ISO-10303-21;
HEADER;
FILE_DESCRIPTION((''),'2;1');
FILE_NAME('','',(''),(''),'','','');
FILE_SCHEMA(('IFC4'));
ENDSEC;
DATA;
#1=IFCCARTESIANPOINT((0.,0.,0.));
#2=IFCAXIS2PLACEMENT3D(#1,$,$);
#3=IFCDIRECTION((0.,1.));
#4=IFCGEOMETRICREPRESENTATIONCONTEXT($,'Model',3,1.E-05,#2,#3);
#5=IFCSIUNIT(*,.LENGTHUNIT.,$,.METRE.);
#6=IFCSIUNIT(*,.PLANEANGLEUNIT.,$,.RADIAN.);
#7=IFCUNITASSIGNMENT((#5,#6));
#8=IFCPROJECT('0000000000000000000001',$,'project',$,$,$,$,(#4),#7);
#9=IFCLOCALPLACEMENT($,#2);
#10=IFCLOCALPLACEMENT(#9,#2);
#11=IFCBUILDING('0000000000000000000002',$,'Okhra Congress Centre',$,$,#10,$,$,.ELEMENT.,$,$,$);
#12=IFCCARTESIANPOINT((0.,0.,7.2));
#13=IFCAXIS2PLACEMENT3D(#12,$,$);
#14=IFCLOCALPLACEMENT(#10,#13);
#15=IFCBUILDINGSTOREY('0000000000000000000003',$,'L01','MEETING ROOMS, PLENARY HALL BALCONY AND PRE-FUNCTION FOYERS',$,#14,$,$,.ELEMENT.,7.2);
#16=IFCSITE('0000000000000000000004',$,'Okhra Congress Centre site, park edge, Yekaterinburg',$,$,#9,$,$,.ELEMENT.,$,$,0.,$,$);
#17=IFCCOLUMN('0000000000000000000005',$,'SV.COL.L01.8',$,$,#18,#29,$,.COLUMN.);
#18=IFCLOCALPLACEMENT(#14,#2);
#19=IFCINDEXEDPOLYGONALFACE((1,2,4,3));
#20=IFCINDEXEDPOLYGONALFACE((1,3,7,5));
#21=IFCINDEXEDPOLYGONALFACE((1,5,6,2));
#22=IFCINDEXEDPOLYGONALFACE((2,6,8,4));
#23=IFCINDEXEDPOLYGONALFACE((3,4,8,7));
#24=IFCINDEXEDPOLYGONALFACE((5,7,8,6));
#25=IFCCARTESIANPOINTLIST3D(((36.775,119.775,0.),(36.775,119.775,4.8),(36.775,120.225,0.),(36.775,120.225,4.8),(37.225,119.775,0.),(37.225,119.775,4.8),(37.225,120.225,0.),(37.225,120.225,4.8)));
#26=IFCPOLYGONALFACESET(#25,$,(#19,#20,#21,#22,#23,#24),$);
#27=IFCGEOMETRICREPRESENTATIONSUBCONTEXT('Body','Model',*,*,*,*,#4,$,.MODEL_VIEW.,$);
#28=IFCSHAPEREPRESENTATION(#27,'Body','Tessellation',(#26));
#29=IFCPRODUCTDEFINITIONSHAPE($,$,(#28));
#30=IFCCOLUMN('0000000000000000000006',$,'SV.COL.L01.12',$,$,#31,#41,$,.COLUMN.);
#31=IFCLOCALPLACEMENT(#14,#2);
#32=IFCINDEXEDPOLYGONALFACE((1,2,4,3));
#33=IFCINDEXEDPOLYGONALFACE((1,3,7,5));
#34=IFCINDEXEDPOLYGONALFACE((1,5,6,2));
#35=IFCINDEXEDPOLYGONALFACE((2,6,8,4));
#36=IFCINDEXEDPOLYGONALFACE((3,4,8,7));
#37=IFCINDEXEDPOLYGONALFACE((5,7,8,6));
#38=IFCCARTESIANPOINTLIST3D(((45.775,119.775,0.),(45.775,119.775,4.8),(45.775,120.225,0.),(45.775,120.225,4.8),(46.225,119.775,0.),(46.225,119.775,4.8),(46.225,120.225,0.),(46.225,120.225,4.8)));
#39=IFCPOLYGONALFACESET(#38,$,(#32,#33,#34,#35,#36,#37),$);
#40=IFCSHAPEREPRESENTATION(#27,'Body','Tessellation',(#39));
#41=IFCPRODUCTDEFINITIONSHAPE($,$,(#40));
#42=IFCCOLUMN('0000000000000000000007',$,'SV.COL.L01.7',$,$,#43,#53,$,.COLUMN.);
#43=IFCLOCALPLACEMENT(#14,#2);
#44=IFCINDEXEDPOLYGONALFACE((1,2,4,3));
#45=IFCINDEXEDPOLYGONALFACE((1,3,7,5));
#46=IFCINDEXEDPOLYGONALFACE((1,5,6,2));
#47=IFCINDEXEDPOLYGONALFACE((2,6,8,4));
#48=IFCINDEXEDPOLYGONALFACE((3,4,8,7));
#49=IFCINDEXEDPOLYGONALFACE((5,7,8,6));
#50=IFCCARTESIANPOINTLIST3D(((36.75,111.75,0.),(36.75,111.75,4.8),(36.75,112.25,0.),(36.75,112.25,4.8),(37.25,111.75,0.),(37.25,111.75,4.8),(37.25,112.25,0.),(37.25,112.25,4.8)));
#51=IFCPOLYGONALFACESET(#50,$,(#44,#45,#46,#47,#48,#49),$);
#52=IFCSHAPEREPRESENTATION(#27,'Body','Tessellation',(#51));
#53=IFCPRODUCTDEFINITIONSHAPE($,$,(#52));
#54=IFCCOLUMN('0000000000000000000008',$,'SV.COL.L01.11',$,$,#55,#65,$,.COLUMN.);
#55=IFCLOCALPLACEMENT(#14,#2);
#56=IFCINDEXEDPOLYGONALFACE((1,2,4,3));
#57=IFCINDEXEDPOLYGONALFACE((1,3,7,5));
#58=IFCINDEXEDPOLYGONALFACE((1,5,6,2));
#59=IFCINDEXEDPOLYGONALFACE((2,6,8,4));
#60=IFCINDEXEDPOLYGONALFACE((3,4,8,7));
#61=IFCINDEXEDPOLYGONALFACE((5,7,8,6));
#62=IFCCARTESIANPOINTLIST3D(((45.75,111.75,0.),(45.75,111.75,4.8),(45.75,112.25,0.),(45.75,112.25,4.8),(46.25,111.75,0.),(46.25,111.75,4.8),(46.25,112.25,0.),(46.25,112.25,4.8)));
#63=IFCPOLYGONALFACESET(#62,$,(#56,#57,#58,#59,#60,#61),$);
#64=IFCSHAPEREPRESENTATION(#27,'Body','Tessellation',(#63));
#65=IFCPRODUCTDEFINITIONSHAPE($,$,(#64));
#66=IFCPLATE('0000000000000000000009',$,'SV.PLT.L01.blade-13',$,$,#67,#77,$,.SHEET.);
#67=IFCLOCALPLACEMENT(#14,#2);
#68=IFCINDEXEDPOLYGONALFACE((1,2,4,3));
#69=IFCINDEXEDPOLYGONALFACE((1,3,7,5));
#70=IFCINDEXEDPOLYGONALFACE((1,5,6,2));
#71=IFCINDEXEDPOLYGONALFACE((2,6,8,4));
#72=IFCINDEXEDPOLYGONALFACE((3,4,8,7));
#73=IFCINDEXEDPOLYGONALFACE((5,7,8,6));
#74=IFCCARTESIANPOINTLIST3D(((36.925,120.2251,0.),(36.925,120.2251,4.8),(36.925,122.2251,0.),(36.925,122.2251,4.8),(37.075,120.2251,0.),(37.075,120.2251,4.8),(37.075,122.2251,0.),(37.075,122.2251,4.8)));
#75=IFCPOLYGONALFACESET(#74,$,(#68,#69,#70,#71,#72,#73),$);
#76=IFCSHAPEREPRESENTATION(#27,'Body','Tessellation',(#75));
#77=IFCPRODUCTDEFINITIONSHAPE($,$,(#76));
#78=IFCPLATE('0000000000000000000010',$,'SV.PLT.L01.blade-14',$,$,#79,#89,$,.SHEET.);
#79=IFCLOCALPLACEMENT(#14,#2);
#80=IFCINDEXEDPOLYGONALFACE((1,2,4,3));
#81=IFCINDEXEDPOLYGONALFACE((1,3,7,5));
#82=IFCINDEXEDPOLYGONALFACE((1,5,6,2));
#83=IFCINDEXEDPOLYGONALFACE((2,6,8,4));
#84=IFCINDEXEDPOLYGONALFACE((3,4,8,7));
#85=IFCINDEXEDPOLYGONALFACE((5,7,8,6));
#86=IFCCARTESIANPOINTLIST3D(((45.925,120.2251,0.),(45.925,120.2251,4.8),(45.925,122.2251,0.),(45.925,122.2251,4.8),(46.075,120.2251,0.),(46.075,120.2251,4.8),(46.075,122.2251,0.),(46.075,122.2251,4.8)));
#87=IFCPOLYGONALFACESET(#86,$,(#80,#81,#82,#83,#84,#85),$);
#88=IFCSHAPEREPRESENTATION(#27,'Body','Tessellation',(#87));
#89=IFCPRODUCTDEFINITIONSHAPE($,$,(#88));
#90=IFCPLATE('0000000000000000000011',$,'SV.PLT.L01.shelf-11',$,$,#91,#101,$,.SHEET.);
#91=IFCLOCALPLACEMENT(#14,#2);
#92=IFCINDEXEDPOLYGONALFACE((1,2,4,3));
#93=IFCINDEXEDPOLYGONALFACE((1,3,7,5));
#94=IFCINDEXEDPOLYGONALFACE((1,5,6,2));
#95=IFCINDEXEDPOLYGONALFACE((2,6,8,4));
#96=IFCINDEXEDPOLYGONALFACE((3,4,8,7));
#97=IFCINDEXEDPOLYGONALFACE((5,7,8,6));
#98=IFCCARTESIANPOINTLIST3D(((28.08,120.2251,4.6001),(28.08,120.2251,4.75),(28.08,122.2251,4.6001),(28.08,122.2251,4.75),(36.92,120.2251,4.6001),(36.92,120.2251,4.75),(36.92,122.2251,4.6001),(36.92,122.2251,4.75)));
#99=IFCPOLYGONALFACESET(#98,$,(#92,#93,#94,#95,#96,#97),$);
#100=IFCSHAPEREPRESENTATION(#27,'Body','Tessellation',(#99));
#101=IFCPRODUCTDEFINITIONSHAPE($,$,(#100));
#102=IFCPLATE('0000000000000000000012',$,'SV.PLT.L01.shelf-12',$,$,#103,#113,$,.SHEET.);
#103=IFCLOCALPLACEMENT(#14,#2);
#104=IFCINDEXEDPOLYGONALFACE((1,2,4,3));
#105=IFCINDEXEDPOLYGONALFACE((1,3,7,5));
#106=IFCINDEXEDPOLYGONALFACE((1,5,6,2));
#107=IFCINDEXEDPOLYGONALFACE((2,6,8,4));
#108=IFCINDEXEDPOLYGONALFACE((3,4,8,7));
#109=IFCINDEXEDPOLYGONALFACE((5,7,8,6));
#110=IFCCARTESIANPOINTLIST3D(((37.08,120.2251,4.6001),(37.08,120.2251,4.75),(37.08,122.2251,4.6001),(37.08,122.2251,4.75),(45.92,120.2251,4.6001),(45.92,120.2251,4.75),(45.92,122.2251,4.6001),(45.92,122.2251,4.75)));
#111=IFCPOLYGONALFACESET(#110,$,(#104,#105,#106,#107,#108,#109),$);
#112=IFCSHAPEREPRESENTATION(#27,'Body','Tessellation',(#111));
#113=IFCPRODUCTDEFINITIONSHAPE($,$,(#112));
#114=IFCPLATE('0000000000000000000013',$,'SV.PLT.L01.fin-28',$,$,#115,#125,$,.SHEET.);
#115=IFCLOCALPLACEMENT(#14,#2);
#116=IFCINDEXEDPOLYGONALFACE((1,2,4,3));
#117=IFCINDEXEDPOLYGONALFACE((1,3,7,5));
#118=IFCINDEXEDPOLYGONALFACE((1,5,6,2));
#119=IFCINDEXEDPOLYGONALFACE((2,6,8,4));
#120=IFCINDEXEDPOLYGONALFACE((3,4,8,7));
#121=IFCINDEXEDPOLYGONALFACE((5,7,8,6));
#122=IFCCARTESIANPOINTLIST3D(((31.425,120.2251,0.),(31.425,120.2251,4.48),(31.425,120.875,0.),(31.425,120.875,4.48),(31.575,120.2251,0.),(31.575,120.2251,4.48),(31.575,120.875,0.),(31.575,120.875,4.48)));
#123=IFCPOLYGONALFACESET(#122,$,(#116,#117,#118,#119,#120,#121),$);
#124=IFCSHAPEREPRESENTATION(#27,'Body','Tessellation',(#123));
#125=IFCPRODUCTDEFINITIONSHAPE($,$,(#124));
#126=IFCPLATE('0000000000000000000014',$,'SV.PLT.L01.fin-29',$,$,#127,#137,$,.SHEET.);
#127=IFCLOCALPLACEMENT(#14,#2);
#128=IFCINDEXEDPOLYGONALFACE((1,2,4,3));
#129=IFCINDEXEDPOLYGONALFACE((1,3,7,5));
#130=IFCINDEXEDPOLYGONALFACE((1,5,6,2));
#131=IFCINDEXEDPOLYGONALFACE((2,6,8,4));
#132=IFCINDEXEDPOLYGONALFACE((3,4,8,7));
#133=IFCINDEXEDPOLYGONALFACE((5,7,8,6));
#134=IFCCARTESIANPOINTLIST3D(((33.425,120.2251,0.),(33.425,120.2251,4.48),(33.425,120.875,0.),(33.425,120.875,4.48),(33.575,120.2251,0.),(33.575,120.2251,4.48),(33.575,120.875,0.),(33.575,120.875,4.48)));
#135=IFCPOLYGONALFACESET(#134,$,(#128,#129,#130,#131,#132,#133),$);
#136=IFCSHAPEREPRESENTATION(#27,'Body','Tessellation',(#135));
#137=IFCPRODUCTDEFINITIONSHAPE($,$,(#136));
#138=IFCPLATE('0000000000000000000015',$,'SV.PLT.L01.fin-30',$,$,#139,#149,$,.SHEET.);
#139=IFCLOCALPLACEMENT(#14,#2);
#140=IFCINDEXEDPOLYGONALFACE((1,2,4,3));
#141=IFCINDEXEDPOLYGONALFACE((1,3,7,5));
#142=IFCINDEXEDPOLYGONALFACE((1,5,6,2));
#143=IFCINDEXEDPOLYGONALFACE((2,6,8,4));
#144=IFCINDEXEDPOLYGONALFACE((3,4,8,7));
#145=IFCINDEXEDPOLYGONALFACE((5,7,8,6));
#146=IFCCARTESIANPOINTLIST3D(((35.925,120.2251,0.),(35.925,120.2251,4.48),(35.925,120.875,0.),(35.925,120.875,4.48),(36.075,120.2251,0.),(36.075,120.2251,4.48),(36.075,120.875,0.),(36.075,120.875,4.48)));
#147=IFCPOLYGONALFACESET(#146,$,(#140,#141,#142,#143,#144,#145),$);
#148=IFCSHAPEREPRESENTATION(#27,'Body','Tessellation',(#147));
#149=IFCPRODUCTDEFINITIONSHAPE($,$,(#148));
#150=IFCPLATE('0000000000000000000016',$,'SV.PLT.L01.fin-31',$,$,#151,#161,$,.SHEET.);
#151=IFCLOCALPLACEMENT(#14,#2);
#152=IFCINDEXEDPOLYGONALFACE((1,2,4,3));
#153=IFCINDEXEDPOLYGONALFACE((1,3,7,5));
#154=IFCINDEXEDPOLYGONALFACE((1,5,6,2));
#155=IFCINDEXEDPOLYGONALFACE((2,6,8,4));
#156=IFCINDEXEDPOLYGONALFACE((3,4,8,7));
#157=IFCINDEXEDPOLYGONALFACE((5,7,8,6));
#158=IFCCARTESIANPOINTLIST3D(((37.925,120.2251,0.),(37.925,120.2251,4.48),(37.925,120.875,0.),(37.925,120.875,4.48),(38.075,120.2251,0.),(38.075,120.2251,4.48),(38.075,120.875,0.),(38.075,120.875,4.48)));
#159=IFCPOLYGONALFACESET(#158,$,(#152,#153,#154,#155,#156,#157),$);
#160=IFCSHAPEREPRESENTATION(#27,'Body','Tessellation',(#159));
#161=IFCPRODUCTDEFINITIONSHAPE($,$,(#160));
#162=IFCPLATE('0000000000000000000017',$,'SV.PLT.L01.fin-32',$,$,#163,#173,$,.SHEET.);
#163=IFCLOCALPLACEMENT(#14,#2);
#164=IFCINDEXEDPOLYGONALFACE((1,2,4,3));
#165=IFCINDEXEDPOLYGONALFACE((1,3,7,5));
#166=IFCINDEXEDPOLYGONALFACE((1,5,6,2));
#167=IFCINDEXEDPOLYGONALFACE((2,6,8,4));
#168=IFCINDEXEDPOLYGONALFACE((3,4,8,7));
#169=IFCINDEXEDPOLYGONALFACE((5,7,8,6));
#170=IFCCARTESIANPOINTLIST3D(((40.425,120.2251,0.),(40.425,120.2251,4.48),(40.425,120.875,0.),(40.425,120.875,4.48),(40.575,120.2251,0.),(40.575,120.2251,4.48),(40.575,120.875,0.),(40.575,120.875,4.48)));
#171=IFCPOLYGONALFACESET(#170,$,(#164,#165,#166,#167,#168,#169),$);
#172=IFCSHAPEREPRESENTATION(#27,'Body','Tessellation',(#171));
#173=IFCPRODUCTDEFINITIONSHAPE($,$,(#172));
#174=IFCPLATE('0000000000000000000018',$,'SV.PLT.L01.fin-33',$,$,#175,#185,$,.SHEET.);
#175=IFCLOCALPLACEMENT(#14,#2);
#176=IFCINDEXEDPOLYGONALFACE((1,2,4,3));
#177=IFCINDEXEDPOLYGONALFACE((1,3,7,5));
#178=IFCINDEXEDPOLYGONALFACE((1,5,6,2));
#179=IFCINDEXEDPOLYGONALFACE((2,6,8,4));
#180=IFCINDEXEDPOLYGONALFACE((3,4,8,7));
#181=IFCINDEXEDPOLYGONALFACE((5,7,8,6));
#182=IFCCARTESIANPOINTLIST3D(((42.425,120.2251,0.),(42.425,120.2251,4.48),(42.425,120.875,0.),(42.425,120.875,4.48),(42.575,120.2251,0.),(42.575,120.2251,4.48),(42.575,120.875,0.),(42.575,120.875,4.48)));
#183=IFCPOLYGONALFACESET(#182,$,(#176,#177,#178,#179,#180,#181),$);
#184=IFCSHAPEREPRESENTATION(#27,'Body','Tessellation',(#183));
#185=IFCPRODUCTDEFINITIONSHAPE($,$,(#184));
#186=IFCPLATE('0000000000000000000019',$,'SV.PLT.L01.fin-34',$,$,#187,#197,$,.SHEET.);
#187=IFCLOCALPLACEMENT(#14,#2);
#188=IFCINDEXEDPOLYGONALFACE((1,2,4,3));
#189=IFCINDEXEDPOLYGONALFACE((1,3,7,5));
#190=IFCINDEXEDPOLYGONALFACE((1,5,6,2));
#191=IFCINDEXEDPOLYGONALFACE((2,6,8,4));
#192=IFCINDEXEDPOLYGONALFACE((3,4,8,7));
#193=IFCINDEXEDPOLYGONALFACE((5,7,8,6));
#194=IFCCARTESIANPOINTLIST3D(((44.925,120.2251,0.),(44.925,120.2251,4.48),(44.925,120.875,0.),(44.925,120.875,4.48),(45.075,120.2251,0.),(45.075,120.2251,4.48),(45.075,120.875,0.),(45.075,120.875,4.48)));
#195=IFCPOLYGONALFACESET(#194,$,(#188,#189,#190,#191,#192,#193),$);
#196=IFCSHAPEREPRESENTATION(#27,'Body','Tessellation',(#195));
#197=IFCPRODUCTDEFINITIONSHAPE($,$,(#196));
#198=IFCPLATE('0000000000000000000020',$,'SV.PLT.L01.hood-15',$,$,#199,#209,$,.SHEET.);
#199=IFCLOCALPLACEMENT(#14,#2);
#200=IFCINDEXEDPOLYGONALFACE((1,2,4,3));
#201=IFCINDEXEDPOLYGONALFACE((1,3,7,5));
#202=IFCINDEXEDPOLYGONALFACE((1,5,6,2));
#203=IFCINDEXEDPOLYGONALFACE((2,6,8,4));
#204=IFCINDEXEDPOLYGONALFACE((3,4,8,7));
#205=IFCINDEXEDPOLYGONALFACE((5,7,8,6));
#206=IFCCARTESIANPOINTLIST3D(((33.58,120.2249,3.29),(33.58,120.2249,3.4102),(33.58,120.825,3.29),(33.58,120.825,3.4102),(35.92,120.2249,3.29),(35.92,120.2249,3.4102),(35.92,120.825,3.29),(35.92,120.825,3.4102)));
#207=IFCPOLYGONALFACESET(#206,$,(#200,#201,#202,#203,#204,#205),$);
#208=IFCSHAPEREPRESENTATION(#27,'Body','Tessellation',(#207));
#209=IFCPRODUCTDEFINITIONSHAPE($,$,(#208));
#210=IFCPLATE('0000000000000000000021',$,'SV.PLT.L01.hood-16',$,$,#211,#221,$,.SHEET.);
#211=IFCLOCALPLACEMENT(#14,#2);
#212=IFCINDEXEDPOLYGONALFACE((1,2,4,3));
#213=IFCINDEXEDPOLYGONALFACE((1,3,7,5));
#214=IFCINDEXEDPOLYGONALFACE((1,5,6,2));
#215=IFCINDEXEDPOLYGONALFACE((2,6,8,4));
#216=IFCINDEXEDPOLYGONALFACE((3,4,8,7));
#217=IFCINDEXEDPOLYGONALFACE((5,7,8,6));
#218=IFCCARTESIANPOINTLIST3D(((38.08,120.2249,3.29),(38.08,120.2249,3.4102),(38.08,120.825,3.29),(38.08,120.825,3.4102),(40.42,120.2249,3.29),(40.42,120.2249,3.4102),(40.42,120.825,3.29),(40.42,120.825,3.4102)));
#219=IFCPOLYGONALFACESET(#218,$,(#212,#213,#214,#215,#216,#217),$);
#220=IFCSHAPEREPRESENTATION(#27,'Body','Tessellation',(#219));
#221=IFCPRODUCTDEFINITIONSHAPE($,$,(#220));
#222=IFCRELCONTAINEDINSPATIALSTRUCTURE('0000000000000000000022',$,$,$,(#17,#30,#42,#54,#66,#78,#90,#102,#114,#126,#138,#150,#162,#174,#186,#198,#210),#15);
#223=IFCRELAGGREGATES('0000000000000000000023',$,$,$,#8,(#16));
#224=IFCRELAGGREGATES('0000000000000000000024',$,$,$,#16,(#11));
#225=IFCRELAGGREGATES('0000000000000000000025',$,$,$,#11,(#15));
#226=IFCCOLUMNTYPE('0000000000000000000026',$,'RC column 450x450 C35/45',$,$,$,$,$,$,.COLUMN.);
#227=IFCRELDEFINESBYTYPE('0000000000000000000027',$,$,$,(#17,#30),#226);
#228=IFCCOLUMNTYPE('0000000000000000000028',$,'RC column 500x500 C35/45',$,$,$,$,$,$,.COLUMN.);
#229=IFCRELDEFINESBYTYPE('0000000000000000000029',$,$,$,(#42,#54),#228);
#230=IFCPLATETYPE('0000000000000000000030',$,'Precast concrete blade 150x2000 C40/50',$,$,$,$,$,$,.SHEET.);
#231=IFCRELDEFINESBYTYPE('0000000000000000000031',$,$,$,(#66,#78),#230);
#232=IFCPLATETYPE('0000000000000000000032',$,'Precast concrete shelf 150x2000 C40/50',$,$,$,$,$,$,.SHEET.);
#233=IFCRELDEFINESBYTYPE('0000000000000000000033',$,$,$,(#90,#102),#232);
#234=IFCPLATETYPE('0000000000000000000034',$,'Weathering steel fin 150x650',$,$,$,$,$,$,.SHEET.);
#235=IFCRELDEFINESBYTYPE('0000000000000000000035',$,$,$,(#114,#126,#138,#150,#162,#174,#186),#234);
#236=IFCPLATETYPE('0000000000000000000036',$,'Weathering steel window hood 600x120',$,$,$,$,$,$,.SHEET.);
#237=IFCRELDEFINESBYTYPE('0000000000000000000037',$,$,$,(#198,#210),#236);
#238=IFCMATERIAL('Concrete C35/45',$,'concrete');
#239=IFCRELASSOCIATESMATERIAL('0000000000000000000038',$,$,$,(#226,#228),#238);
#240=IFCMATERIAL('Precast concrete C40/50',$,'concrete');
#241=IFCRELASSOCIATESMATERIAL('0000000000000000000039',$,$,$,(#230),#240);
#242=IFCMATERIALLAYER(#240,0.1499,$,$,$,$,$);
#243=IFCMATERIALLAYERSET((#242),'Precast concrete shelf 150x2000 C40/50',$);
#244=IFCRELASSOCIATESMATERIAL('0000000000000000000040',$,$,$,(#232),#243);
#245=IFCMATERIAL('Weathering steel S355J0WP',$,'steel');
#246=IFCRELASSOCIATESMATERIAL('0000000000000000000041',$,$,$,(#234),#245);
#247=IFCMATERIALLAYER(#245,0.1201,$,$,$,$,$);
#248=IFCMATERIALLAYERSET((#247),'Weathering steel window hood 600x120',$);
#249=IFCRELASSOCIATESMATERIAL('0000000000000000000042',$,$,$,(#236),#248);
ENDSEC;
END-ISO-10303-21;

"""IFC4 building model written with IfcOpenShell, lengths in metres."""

from ifc_helpers import new_model, si_unit, direction, frame, origin, origin_2d, place, context, subcontext, project, spatial, rectangle, extrude, material, layer, layer_set, material_profile, profile_set, type_object, element, save


model = new_model("IFC4")

# Units and contexts
model_context = context("Model", 3, precision=1e-05, world=origin(), true_north=direction((0.0, 1.0)))
body_context = subcontext(model_context, "Body", "Model", "MODEL_VIEW")
ifc_project = project(units=[si_unit("LENGTHUNIT", "METRE"), si_unit("PLANEANGLEUNIT", "RADIAN")], contexts=[model_context])

# Site, building, storey
site_placement = place(None, origin())
site = spatial("IfcSite", under=ifc_project, at=site_placement, Name="Okhra Congress Centre site, park edge, Yekaterinburg", CompositionType="ELEMENT", RefElevation=0.0)
building_placement = place(site_placement, origin())
building = spatial("IfcBuilding", under=site, at=building_placement, Name="Okhra Congress Centre", CompositionType="ELEMENT")
storey_placement = place(building_placement, frame((0.0, 0.0, 7.2)))
storey = spatial("IfcBuildingStorey", under=building, at=storey_placement, Name="L01", Description="MEETING ROOMS, PLENARY HALL BALCONY AND PRE-FUNCTION FOYERS", CompositionType="ELEMENT", Elevation=7.2)

# Columns
ifc_material_1 = material(Name="Concrete C35/45", Category="concrete")
ifc_material_profile_1 = material_profile(ifc_material_1, rectangle(XDim=0.45, YDim=0.45, at=origin_2d()), Name="RC 450x450")
ifc_profile_set_1 = profile_set([ifc_material_profile_1], Name="Concrete C35/45")
column_type_1 = type_object("IfcColumnType", Name="RC column 450x450 C35/45", PredefinedType="COLUMN", material=ifc_profile_set_1)
for number, where, z_axis, x_axis, name in (
    (1, (37.0, 120.0, 0.0), (0.0, 0.0, 1.0), (1.0, 0.0, 0.0), "SV.COL.L01.8"),
    (2, (46.0, 120.0, 0.0), (0.0, 0.0, 1.0), (1.0, 0.0, 0.0), "SV.COL.L01.12"),
):
    element("IfcColumn", number, at=place(storey_placement, frame(where, z_axis=z_axis, x_axis=x_axis)), inside=storey, type_object=column_type_1, Name=name, PredefinedType="COLUMN", context=body_context, shape_type="SweptSolid", body=[
        extrude(rectangle(XDim=0.45, YDim=0.45, at=origin_2d()), origin(), (0.0, 0.0, 1.0), 4.8),
    ])
ifc_material_profile_2 = material_profile(ifc_material_1, rectangle(XDim=0.5, YDim=0.5, at=origin_2d()), Name="RC 500x500")
ifc_profile_set_2 = profile_set([ifc_material_profile_2], Name="Concrete C35/45")
column_type_2 = type_object("IfcColumnType", Name="RC column 500x500 C35/45", PredefinedType="COLUMN", material=ifc_profile_set_2)
for number, where, z_axis, x_axis, name in (
    (3, (37.0, 112.0, 0.0), (0.0, 0.0, 1.0), (1.0, 0.0, 0.0), "SV.COL.L01.7"),
    (4, (46.0, 112.0, 0.0), (0.0, 0.0, 1.0), (1.0, 0.0, 0.0), "SV.COL.L01.11"),
):
    element("IfcColumn", number, at=place(storey_placement, frame(where, z_axis=z_axis, x_axis=x_axis)), inside=storey, type_object=column_type_2, Name=name, PredefinedType="COLUMN", context=body_context, shape_type="SweptSolid", body=[
        extrude(rectangle(XDim=0.5, YDim=0.5, at=origin_2d()), origin(), (0.0, 0.0, 1.0), 4.8),
    ])

# Plates
ifc_material_2 = material(Name="Precast concrete C40/50", Category="concrete")
plate_type_1 = type_object("IfcPlateType", Name="Precast concrete blade 150x2000 C40/50", PredefinedType="SHEET", material=ifc_material_2)
for number, where, z_axis, x_axis, name in (
    (5, (37.0, 121.2251, 0.0), (0.0, 0.0, 1.0), (-1.0, 0.0, 0.0), "SV.PLT.L01.blade-13"),
    (6, (46.0, 121.2251, 0.0), (0.0, 0.0, 1.0), (-1.0, 0.0, 0.0), "SV.PLT.L01.blade-14"),
):
    element("IfcPlate", number, at=place(storey_placement, frame(where, z_axis=z_axis, x_axis=x_axis)), inside=storey, type_object=plate_type_1, Name=name, PredefinedType="SHEET", context=body_context, shape_type="SweptSolid", body=[
        extrude(rectangle(XDim=0.1499, YDim=2.0, at=origin_2d()), origin(), (0.0, 0.0, 1.0), 4.8),
    ])
ifc_layer_1 = layer(ifc_material_2, 0.1499)
ifc_layer_set_1 = layer_set([ifc_layer_1], Name="Precast concrete shelf 150x2000 C40/50")
plate_type_2 = type_object("IfcPlateType", Name="Precast concrete shelf 150x2000 C40/50", PredefinedType="SHEET", material=ifc_layer_set_1)
for number, where, z_axis, x_axis, name in (
    (7, (32.5, 121.2251, 4.6001), (0.0, 0.0, 1.0), (-1.0, 0.0, 0.0), "SV.PLT.L01.shelf-11"),
    (8, (41.5, 121.2251, 4.6001), (0.0, 0.0, 1.0), (-1.0, 0.0, 0.0), "SV.PLT.L01.shelf-12"),
):
    element("IfcPlate", number, at=place(storey_placement, frame(where, z_axis=z_axis, x_axis=x_axis)), inside=storey, type_object=plate_type_2, Name=name, PredefinedType="SHEET", context=body_context, shape_type="SweptSolid", body=[
        extrude(rectangle(XDim=8.8401, YDim=2.0, at=origin_2d()), origin(), (0.0, 0.0, 1.0), 0.1499),
    ])
ifc_material_3 = material(Name="Weathering steel S355J0WP", Category="steel")
plate_type_3 = type_object("IfcPlateType", Name="Weathering steel fin 150x650", PredefinedType="SHEET", material=ifc_material_3)
for number, where, z_axis, x_axis, name in (
    (9, (31.5, 120.55, 0.0), (0.0, 0.0, 1.0), (-1.0, 0.0, 0.0), "SV.PLT.L01.fin-28"),
    (10, (33.5, 120.55, 0.0), (0.0, 0.0, 1.0), (-1.0, 0.0, 0.0), "SV.PLT.L01.fin-29"),
    (11, (36.0, 120.55, 0.0), (0.0, 0.0, 1.0), (-1.0, 0.0, 0.0), "SV.PLT.L01.fin-30"),
    (12, (38.0, 120.55, 0.0), (0.0, 0.0, 1.0), (-1.0, 0.0, 0.0), "SV.PLT.L01.fin-31"),
    (13, (40.5, 120.55, 0.0), (0.0, 0.0, 1.0), (-1.0, 0.0, 0.0), "SV.PLT.L01.fin-32"),
    (14, (42.5, 120.55, 0.0), (0.0, 0.0, 1.0), (-1.0, 0.0, 0.0), "SV.PLT.L01.fin-33"),
    (15, (45.0, 120.55, 0.0), (0.0, 0.0, 1.0), (-1.0, 0.0, 0.0), "SV.PLT.L01.fin-34"),
):
    element("IfcPlate", number, at=place(storey_placement, frame(where, z_axis=z_axis, x_axis=x_axis)), inside=storey, type_object=plate_type_3, Name=name, PredefinedType="SHEET", context=body_context, shape_type="SweptSolid", body=[
        extrude(rectangle(XDim=0.1499, YDim=0.6499, at=origin_2d()), origin(), (0.0, 0.0, 1.0), 4.48),
    ])
ifc_layer_2 = layer(ifc_material_3, 0.1201)
ifc_layer_set_2 = layer_set([ifc_layer_2], Name="Weathering steel window hood 600x120")
plate_type_4 = type_object("IfcPlateType", Name="Weathering steel window hood 600x120", PredefinedType="SHEET", material=ifc_layer_set_2)
for number, where, z_axis, x_axis, name in (
    (16, (34.75, 120.5249, 3.29), (0.0, 0.0, 1.0), (-1.0, 0.0, 0.0), "SV.PLT.L01.hood-15"),
    (17, (39.25, 120.5249, 3.29), (0.0, 0.0, 1.0), (-1.0, 0.0, 0.0), "SV.PLT.L01.hood-16"),
):
    element("IfcPlate", number, at=place(storey_placement, frame(where, z_axis=z_axis, x_axis=x_axis)), inside=storey, type_object=plate_type_4, Name=name, PredefinedType="SHEET", context=body_context, shape_type="SweptSolid", body=[
        extrude(rectangle(XDim=2.3401, YDim=0.6001, at=origin_2d()), origin(), (0.0, 0.0, 1.0), 0.1201),
    ])

save(model, "model.ifc")
